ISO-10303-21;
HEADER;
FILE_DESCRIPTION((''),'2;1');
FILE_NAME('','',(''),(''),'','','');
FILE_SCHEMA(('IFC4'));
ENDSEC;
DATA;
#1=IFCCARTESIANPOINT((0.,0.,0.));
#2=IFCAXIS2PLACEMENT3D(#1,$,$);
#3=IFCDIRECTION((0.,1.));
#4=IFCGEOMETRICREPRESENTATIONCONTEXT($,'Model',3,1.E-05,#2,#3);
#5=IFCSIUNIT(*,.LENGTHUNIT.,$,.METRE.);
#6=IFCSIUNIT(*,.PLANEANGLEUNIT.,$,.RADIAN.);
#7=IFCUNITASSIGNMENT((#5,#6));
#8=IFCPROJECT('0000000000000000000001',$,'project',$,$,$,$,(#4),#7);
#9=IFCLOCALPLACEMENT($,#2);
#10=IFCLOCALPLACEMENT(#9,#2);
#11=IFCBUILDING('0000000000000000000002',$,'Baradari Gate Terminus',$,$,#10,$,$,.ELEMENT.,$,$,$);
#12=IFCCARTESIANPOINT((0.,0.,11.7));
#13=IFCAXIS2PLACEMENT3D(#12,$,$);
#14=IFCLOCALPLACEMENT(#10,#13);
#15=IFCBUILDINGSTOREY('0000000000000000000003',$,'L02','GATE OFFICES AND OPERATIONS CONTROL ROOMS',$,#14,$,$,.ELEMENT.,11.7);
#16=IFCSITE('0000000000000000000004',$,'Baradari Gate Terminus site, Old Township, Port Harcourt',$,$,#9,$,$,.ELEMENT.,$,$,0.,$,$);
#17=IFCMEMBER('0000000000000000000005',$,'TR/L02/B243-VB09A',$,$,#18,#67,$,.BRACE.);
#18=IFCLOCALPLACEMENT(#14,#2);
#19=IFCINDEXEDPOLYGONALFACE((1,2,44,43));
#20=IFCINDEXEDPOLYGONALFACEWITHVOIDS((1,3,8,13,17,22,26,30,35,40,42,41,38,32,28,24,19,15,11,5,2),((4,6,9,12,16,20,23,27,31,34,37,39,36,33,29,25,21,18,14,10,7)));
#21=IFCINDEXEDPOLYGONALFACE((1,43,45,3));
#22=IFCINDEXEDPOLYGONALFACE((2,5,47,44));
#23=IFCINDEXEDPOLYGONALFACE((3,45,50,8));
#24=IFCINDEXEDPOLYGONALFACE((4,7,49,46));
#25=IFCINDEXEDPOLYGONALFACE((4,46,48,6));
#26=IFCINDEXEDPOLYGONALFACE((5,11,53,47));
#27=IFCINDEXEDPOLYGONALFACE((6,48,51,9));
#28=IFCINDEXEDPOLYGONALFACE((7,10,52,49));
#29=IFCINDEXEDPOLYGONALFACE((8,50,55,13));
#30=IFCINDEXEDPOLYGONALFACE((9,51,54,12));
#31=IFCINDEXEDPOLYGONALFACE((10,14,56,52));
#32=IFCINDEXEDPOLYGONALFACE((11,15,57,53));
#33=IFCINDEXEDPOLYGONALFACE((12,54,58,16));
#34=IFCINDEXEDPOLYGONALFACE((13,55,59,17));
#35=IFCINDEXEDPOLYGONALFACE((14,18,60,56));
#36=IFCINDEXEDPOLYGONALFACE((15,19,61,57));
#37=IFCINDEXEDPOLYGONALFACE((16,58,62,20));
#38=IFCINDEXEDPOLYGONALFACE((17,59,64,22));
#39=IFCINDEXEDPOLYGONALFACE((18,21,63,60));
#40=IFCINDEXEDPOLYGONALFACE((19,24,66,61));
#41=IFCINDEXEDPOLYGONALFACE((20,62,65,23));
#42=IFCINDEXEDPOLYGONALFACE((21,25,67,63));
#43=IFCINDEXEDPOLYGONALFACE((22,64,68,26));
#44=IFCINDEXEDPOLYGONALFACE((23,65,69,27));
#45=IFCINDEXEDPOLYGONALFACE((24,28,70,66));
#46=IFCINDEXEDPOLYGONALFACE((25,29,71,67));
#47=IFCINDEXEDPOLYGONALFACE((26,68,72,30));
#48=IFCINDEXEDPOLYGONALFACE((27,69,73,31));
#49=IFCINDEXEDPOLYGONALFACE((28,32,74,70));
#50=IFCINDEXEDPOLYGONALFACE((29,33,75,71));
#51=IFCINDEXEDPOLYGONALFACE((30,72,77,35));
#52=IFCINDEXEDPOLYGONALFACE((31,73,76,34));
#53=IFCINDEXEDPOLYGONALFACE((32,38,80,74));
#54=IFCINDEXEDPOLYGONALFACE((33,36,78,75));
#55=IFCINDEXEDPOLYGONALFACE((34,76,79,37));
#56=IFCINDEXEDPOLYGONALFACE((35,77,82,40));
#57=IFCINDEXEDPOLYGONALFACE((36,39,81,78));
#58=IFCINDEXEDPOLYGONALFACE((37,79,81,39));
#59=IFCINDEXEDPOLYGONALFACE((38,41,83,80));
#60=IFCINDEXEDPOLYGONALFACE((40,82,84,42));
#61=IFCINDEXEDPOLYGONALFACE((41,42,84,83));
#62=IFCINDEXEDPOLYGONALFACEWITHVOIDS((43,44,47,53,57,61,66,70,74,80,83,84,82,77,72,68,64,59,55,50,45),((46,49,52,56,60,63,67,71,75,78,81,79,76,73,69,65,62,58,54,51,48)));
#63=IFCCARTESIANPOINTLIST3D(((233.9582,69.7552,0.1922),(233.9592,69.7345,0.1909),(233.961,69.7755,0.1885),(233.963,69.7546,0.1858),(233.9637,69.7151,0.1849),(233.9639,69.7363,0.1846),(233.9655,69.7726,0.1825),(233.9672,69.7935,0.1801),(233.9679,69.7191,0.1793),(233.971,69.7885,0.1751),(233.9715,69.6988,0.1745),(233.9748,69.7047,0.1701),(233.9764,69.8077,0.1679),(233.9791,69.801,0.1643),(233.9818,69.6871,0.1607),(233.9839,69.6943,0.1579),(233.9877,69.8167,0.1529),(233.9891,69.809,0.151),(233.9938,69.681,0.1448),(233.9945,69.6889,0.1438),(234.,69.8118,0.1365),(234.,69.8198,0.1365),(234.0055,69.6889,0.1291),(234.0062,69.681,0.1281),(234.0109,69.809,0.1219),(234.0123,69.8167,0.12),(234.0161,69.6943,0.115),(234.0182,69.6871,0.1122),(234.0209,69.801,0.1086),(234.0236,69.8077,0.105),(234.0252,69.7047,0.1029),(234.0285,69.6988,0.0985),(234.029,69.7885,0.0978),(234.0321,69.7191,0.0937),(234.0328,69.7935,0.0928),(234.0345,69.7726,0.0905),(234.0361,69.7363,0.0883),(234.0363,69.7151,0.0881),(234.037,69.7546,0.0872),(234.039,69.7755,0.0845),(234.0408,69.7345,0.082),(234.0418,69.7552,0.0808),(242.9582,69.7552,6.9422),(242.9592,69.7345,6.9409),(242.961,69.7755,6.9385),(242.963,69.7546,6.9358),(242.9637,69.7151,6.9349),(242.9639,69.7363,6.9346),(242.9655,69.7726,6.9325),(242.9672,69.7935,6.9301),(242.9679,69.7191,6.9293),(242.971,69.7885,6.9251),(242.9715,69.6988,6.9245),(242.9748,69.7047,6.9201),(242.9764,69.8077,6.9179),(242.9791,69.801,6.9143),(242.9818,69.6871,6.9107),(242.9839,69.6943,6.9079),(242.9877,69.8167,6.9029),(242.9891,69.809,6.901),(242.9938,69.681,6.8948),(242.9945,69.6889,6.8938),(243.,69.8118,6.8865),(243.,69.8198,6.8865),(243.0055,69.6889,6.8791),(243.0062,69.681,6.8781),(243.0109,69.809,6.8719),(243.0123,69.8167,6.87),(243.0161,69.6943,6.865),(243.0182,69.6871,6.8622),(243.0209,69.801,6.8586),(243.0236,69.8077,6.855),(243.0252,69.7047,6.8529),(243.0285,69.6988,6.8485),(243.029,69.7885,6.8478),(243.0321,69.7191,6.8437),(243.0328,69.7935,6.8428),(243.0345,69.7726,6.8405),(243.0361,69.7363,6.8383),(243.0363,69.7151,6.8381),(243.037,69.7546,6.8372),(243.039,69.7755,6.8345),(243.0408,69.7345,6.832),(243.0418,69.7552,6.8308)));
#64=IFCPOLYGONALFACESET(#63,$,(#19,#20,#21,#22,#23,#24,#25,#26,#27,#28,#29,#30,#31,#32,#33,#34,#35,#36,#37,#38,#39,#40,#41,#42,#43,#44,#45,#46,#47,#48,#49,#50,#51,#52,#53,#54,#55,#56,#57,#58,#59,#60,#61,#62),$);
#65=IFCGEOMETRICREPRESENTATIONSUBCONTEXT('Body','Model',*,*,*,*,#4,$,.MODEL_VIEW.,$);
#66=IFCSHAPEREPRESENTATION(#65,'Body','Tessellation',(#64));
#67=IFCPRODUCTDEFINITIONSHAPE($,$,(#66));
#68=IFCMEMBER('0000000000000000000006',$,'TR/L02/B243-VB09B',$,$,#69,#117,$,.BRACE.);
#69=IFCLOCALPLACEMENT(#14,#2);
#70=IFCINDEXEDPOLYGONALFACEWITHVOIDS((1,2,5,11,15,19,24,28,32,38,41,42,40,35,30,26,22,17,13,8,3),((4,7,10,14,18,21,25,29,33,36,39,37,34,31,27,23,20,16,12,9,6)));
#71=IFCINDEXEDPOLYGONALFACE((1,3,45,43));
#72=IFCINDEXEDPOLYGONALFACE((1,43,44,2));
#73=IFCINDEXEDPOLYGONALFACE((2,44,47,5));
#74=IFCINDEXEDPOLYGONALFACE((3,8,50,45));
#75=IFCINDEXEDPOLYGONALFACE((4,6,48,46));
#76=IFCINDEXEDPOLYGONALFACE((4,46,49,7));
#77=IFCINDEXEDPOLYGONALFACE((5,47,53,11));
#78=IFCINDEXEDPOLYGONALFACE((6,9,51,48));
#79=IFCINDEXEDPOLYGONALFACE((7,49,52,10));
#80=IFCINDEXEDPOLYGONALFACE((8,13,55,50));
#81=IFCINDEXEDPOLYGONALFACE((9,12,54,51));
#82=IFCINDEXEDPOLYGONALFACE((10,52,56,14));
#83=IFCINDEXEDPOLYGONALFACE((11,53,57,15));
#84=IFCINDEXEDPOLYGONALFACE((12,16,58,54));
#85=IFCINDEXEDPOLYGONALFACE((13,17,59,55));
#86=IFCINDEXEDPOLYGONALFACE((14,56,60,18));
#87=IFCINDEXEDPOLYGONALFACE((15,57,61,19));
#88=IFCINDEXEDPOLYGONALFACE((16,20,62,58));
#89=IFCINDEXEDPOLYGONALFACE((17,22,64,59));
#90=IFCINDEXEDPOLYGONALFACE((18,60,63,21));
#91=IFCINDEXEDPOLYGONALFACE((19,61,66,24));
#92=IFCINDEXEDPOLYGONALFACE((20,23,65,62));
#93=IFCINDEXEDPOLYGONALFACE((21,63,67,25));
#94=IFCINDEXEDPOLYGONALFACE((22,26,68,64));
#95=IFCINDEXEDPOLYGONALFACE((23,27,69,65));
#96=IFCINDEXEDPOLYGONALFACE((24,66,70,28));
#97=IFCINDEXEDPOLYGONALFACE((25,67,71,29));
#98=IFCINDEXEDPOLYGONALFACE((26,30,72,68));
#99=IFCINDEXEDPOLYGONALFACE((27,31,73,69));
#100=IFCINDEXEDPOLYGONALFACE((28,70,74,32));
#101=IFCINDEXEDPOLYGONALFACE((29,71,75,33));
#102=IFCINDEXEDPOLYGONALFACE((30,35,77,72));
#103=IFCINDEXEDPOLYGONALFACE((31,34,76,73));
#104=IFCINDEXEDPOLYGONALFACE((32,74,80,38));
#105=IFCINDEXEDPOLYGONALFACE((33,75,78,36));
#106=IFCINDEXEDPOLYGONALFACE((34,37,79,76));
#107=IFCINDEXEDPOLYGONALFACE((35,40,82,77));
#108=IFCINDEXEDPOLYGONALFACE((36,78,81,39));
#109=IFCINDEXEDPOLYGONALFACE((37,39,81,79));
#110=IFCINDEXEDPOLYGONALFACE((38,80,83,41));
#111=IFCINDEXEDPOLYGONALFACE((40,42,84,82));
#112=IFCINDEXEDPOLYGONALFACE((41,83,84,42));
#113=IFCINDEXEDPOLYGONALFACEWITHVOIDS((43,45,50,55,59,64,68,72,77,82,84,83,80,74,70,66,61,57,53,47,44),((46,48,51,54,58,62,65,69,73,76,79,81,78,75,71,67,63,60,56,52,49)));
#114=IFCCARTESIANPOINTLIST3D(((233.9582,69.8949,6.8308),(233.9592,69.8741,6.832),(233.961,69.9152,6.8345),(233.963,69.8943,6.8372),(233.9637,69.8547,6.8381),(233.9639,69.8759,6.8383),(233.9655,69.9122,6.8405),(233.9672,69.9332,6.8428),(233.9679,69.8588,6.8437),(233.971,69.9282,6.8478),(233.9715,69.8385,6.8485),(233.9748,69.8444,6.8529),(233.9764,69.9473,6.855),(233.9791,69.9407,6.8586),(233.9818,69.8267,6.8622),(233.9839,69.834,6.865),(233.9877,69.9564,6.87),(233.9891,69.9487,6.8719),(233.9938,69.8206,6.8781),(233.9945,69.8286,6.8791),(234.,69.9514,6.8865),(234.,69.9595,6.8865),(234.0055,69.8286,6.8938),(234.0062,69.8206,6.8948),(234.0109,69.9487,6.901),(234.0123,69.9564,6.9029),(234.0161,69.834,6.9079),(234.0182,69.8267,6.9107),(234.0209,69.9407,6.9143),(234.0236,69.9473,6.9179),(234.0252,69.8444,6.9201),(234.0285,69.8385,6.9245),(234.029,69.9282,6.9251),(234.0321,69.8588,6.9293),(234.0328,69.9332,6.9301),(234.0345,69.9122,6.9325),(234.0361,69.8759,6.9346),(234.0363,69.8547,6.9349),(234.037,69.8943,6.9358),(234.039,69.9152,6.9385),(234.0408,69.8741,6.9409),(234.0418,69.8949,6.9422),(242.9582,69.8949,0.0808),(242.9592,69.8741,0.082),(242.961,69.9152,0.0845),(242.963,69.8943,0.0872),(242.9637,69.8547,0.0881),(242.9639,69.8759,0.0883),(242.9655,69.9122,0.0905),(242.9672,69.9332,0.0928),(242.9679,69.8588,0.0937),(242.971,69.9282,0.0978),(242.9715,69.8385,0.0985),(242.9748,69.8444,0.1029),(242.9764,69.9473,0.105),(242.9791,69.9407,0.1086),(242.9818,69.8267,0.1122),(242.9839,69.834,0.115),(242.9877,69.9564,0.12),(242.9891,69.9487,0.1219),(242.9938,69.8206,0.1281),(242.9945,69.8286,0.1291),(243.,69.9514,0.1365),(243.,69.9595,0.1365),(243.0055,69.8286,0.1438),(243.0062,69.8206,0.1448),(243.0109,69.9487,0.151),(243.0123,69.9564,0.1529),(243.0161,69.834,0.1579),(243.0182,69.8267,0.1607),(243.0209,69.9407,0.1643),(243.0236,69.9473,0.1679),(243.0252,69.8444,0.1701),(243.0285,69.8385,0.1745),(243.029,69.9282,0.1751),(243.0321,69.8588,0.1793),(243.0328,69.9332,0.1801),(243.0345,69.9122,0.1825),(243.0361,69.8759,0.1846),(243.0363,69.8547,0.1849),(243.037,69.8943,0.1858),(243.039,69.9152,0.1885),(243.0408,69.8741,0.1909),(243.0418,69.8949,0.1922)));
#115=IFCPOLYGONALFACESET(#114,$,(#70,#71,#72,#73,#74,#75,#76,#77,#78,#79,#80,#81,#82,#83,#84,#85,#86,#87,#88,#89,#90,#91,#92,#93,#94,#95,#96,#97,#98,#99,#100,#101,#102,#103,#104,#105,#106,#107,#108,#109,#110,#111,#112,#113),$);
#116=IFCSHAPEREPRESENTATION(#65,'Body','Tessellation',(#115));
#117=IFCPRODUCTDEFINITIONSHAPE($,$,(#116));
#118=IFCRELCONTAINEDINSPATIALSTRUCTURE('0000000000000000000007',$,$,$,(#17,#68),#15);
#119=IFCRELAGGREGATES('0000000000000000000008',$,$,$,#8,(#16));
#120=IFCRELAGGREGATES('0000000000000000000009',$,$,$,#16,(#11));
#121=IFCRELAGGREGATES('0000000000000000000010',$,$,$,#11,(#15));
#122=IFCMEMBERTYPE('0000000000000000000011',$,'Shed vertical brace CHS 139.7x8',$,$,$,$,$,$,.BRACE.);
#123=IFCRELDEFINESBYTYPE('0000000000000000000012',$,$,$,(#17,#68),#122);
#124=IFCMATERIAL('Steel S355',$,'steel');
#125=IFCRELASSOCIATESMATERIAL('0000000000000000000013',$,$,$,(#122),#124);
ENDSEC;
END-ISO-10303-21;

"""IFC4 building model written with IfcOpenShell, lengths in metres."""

from ifc_helpers import new_model, si_unit, direction, frame, origin, origin_2d, place, context, subcontext, project, spatial, hollow_circle, extrude, material, material_profile, profile_set, type_object, element, save


model = new_model("IFC4")

# Units and contexts
model_context = context("Model", 3, precision=1e-05, world=origin(), true_north=direction((0.0, 1.0)))
body_context = subcontext(model_context, "Body", "Model", "MODEL_VIEW")
ifc_project = project(units=[si_unit("LENGTHUNIT", "METRE"), si_unit("PLANEANGLEUNIT", "RADIAN")], contexts=[model_context])

# Site, building, storey
site_placement = place(None, origin())
site = spatial("IfcSite", under=ifc_project, at=site_placement, Name="Baradari Gate Terminus site, Old Township, Port Harcourt", CompositionType="ELEMENT", RefElevation=0.0)
building_placement = place(site_placement, origin())
building = spatial("IfcBuilding", under=site, at=building_placement, Name="Baradari Gate Terminus", CompositionType="ELEMENT")
storey_placement = place(building_placement, frame((0.0, 0.0, 11.7)))
storey = spatial("IfcBuildingStorey", under=building, at=storey_placement, Name="L02", Description="GATE OFFICES AND OPERATIONS CONTROL ROOMS", CompositionType="ELEMENT", Elevation=11.7)

# Members
ifc_material_1 = material(Name="Steel S355", Category="steel")
ifc_material_profile_1 = material_profile(ifc_material_1, hollow_circle(Radius=0.0698, WallThickness=0.0081, at=origin_2d()), Name="CHS 139.7x8")
ifc_profile_set_1 = profile_set([ifc_material_profile_1], Name="Steel S355")
member_type_1 = type_object("IfcMemberType", Name="Shed vertical brace CHS 139.7x8", PredefinedType="BRACE", material=ifc_profile_set_1)
for number, where, z_axis, x_axis, name in (
    (1, (234.0, 69.75, 0.1365), (0.8, 0.0, 0.6), (0.0, 1.0, 0.0), "TR/L02/B243-VB09A"),
    (2, (234.0, 69.8896, 6.8865), (0.8, 0.0, -0.6), (0.0, 1.0, 0.0), "TR/L02/B243-VB09B"),
):
    element("IfcMember", number, at=place(storey_placement, frame(where, z_axis=z_axis, x_axis=x_axis)), inside=storey, type_object=member_type_1, Name=name, PredefinedType="BRACE", context=body_context, shape_type="SweptSolid", body=[
        extrude(hollow_circle(Radius=0.0698, WallThickness=0.0081, at=origin_2d()), origin(), (0.0, 0.0, 1.0), 11.25),
    ])

save(model, "model.ifc")
